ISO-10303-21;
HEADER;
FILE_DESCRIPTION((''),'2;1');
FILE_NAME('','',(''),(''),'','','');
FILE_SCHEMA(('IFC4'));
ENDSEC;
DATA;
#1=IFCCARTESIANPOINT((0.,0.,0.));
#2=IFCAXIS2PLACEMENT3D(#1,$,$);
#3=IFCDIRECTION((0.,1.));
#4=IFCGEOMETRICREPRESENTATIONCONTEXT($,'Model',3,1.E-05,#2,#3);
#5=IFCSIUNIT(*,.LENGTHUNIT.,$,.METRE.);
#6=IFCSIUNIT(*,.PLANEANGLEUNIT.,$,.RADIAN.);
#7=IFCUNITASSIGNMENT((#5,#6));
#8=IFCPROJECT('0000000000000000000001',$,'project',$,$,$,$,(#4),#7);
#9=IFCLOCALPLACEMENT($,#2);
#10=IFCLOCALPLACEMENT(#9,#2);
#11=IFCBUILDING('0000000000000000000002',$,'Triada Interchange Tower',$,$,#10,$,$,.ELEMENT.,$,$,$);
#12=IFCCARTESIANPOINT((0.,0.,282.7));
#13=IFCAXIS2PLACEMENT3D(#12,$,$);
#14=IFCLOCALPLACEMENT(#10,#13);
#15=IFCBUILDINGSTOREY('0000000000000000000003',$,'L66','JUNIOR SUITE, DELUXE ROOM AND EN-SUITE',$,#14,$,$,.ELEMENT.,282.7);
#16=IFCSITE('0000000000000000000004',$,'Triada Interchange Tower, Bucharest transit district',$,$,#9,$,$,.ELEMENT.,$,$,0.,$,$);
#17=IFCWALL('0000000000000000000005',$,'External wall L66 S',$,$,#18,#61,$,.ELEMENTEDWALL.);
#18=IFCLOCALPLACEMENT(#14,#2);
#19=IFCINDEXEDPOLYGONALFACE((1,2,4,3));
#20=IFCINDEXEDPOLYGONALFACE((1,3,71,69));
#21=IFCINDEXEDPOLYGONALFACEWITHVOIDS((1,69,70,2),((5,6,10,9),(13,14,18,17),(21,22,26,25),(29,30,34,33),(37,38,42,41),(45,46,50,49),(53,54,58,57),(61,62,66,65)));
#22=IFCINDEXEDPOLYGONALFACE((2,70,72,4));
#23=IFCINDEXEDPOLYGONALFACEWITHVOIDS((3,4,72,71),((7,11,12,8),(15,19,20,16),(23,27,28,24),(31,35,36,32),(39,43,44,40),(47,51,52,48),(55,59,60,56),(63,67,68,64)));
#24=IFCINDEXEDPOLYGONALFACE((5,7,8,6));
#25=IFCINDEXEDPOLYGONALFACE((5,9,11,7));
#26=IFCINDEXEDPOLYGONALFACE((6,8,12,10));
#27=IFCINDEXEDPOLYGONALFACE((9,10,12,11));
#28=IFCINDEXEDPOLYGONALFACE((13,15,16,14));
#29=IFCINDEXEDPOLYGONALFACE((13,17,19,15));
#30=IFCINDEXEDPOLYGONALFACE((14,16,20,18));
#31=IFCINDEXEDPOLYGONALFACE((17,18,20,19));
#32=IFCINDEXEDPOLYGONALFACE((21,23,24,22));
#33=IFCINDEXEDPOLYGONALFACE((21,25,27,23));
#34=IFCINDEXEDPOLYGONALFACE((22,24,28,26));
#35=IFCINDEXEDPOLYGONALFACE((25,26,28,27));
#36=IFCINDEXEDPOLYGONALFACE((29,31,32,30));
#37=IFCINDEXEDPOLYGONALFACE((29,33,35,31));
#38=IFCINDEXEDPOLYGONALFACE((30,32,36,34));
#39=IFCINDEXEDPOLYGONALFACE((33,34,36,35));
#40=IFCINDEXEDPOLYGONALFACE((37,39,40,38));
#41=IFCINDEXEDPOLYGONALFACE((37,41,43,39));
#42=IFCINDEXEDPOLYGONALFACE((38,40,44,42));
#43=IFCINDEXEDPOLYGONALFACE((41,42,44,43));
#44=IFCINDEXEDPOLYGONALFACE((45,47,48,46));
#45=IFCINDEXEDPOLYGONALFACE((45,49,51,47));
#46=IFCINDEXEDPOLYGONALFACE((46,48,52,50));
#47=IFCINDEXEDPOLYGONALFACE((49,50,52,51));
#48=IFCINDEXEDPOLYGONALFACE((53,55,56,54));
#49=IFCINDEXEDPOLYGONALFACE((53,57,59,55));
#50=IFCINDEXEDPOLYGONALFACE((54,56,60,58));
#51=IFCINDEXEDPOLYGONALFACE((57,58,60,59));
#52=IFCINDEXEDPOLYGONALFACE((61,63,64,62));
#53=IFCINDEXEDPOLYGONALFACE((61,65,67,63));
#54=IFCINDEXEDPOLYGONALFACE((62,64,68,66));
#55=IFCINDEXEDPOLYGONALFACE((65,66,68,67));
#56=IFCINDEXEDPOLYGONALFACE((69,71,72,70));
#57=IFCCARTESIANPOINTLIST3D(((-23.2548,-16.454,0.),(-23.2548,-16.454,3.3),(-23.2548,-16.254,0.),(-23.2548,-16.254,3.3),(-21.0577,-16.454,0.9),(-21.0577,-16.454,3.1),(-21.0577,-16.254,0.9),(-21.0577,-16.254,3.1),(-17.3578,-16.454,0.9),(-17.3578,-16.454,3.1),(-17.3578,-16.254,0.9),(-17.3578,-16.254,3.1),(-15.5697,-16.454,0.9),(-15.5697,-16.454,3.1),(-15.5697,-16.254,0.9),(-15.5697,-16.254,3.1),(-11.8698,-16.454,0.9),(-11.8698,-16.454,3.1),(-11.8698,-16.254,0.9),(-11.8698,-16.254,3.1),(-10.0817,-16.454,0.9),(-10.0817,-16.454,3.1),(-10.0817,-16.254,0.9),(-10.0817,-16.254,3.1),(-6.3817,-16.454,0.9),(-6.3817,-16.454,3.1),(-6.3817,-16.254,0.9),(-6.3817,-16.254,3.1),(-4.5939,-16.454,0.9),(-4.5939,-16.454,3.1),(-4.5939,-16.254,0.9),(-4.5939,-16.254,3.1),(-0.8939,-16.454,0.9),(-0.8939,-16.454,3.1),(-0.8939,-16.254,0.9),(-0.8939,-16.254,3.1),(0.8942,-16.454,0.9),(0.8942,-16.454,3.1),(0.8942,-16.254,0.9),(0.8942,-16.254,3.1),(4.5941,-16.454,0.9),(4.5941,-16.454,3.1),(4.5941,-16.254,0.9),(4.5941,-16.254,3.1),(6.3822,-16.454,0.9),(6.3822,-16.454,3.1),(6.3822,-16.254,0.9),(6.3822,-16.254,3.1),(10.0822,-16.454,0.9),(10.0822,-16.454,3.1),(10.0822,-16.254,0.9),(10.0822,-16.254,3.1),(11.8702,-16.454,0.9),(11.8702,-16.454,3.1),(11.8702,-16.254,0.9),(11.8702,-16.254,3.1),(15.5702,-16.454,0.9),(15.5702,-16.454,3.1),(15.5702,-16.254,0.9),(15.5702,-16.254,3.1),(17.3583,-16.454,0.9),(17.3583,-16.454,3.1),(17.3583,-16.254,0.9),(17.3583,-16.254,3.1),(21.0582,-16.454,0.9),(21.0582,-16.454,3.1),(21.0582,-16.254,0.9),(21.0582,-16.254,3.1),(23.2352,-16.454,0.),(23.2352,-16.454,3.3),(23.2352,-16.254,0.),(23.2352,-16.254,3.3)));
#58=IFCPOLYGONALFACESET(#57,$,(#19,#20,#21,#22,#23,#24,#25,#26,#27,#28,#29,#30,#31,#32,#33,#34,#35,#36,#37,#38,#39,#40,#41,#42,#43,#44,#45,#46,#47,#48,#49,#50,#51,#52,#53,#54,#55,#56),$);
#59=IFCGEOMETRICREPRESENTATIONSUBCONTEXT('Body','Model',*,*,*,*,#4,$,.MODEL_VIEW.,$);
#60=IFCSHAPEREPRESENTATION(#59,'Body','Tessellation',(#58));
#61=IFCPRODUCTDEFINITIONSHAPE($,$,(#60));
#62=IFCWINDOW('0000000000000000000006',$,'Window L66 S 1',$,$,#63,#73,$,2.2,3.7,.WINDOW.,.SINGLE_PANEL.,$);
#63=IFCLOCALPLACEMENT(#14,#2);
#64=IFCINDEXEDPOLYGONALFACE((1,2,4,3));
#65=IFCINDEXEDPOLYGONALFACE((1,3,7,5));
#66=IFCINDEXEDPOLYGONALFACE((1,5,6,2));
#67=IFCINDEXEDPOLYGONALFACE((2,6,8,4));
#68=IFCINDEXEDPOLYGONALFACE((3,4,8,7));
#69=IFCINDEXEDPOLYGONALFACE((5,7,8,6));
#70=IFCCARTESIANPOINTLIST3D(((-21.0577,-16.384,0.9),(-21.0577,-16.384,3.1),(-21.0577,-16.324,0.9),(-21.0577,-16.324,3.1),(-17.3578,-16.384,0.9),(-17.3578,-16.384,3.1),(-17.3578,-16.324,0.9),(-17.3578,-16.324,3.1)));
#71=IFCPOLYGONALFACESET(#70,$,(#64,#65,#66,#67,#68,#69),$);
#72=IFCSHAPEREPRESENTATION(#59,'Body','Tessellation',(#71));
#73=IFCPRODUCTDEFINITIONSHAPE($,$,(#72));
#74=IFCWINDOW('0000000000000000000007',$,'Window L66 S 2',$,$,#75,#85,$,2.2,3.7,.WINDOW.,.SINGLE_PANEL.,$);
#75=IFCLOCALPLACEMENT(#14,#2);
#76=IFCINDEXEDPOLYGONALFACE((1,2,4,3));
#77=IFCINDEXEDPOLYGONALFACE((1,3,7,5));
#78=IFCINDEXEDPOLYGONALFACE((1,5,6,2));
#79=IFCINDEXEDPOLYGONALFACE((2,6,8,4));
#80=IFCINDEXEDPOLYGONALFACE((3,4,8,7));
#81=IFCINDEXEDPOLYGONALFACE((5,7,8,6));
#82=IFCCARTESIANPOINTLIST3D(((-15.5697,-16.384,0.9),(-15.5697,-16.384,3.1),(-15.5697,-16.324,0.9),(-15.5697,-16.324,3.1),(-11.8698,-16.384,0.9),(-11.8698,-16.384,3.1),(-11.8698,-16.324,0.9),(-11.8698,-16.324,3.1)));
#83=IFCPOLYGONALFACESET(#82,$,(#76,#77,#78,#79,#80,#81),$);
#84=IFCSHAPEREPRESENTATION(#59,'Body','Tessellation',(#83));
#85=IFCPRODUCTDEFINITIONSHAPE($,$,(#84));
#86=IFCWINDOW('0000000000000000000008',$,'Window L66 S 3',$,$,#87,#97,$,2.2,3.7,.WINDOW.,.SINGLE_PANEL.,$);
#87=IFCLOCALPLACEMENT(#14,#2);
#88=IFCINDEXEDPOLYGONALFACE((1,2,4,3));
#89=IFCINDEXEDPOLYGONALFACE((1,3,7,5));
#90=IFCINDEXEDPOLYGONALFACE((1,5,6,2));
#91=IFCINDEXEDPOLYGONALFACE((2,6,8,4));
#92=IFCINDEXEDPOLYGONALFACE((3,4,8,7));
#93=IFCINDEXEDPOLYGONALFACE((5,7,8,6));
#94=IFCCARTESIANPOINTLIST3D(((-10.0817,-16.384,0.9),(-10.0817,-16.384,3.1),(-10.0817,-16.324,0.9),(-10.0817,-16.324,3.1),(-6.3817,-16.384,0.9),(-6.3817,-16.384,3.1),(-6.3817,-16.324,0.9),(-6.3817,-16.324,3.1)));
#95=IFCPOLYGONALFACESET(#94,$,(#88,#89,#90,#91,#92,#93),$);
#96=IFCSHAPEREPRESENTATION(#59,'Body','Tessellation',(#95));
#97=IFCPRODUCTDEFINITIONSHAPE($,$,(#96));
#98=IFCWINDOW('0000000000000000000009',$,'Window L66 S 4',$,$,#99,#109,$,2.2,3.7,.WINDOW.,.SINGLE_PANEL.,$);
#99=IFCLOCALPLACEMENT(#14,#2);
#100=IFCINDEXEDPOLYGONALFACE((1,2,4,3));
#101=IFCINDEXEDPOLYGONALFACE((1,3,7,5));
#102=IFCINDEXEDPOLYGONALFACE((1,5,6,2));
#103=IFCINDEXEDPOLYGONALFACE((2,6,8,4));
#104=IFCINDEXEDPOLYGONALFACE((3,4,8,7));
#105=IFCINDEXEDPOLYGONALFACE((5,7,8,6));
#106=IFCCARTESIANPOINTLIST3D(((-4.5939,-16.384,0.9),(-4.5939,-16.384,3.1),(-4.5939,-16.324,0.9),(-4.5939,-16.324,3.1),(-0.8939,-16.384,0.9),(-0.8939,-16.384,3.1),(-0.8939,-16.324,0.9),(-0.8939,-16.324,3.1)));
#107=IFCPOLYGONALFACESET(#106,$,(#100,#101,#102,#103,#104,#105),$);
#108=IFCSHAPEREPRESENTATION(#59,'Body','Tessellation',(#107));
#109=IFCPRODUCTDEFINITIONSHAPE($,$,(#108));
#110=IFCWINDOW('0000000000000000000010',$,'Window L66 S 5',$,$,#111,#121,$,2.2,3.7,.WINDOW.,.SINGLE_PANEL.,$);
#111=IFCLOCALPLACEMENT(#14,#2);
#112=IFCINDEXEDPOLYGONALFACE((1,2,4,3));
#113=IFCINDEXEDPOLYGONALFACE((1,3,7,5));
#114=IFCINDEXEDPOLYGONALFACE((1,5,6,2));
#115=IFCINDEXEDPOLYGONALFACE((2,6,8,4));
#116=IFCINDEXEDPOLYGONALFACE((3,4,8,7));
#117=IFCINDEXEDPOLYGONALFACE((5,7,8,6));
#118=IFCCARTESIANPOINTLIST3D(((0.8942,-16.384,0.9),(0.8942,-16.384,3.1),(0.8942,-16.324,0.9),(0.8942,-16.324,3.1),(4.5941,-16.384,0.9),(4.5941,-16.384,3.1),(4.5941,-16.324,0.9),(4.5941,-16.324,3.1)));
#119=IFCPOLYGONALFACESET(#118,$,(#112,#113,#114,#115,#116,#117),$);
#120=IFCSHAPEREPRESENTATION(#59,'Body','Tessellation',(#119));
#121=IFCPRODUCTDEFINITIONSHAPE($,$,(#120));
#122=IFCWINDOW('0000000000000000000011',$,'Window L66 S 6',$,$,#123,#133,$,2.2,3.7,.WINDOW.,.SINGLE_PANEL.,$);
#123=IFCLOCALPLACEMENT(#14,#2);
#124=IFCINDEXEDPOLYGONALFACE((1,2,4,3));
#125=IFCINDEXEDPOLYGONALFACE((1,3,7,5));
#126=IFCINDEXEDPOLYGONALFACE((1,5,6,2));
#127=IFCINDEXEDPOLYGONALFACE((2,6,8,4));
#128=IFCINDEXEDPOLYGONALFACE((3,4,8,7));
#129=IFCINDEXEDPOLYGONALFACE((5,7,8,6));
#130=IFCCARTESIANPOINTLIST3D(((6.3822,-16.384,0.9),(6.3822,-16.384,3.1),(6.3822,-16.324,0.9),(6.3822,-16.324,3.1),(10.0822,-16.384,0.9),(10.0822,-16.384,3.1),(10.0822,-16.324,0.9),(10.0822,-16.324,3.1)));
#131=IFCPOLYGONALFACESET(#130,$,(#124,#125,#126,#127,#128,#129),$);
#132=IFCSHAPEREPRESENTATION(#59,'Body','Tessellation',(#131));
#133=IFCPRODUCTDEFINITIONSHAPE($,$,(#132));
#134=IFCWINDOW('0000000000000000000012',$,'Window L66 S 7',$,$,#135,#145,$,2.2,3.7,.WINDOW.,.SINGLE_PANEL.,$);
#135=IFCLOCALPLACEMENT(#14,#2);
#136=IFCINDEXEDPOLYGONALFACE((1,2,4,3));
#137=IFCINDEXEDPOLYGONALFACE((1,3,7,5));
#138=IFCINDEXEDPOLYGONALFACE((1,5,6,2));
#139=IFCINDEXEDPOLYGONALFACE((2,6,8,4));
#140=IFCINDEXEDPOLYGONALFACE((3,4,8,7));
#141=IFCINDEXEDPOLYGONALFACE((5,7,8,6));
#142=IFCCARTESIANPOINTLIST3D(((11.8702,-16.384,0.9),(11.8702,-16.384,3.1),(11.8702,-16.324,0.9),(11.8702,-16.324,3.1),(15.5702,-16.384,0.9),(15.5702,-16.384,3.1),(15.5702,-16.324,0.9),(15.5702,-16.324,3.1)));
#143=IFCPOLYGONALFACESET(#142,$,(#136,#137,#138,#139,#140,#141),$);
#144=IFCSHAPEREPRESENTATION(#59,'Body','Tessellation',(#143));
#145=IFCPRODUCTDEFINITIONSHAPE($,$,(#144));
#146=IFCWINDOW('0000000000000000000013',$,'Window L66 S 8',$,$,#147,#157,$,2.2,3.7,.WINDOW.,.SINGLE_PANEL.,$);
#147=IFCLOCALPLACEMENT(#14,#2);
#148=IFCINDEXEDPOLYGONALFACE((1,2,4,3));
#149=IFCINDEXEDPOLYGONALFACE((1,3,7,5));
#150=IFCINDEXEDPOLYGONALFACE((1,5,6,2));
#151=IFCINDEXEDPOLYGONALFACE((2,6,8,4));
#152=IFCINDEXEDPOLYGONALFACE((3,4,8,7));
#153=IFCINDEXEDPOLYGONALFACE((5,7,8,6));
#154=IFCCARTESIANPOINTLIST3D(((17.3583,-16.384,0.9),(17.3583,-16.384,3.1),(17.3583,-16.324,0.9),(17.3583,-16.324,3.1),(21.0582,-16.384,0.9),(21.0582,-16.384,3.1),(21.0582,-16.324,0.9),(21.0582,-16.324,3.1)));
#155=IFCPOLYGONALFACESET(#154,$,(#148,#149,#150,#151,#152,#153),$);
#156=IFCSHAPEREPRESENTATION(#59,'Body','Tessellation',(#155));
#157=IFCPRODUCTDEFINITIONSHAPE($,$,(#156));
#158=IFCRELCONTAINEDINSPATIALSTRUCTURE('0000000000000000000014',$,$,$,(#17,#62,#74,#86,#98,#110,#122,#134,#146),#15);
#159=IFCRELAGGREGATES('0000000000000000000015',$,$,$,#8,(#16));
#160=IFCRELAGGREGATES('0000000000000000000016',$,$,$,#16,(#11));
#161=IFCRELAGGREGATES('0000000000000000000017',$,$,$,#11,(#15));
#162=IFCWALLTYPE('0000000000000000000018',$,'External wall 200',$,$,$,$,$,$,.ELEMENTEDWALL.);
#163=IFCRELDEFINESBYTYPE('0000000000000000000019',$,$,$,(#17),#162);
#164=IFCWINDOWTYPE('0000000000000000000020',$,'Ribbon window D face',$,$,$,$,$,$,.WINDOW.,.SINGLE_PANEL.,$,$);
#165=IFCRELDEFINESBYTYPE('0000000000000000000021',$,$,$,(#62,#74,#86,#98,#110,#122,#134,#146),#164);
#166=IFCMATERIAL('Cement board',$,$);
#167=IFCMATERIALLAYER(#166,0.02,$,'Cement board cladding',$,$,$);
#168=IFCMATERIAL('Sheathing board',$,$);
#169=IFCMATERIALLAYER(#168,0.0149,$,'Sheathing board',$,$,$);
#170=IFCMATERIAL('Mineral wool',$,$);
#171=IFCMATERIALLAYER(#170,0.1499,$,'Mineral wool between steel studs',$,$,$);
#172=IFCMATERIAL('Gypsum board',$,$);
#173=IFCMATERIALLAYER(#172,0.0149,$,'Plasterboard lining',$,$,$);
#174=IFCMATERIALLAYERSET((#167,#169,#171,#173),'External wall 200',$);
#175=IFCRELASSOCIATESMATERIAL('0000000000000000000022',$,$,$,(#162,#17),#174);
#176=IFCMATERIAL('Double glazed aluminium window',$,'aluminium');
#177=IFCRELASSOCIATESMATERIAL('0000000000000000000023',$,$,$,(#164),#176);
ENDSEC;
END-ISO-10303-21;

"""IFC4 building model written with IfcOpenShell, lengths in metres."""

from ifc_helpers import new_model, si_unit, direction, frame, frame_2d, origin, place, context, subcontext, project, spatial, rectangle, extrude, material, layer, layer_set, layer_usage, type_object, element, fill, save


model = new_model("IFC4")

# Units and contexts
model_context = context("Model", 3, precision=1e-05, world=origin(), true_north=direction((0.0, 1.0)))
body_context = subcontext(model_context, "Body", "Model", "MODEL_VIEW")
ifc_project = project(units=[si_unit("LENGTHUNIT", "METRE"), si_unit("PLANEANGLEUNIT", "RADIAN")], contexts=[model_context])

# Site, building, storey
site_placement = place(None, origin())
site = spatial("IfcSite", under=ifc_project, at=site_placement, Name="Triada Interchange Tower, Bucharest transit district", CompositionType="ELEMENT", RefElevation=0.0)
building_placement = place(site_placement, origin())
building = spatial("IfcBuilding", under=site, at=building_placement, Name="Triada Interchange Tower", CompositionType="ELEMENT")
storey_placement = place(building_placement, frame((0.0, 0.0, 282.7)))
storey = spatial("IfcBuildingStorey", under=building, at=storey_placement, Name="L66", Description="JUNIOR SUITE, DELUXE ROOM AND EN-SUITE", CompositionType="ELEMENT", Elevation=282.7)

# Shared definitions
ifc_material_1 = material(Name="Cement board")
ifc_layer_1 = layer(ifc_material_1, 0.02, Name="Cement board cladding")
ifc_material_2 = material(Name="Sheathing board")
ifc_layer_2 = layer(ifc_material_2, 0.0149, Name="Sheathing board")
ifc_material_3 = material(Name="Mineral wool")
ifc_layer_3 = layer(ifc_material_3, 0.1499, Name="Mineral wool between steel studs")
ifc_material_4 = material(Name="Gypsum board")
ifc_layer_4 = layer(ifc_material_4, 0.0149, Name="Plasterboard lining")
ifc_layer_set_1 = layer_set([ifc_layer_1, ifc_layer_2, ifc_layer_3, ifc_layer_4], Name="External wall 200")
ifc_layer_usage = layer_usage(ifc_layer_set_1, "AXIS2", "POSITIVE", -0.1001)
wall_type = type_object("IfcWallType", Name="External wall 200", PredefinedType="ELEMENTEDWALL", material=ifc_layer_set_1)
ifc_material_5 = material(Name="Double glazed aluminium window", Category="aluminium")

# Wall, openings, windows
wall_1_placement = place(storey_placement, frame((-23.2549, -16.354, 0.0), z_axis=(0.0, 0.0, 1.0), x_axis=(1.0, 0.0, 0.0)))
wall_1 = element("IfcWall", 1, at=wall_1_placement, inside=storey, type_object=wall_type, material=ifc_layer_usage, Name="External wall L66 S", PredefinedType="ELEMENTEDWALL", context=body_context, shape_type="SweptSolid", body=[
    extrude(rectangle(XDim=46.49, YDim=0.2, at=frame_2d((23.2451, 0.0))), origin(), (0.0, 0.0, 1.0), 3.3),
])
opening_1_placement = place(wall_1_placement, frame((2.197, 0.0, 0.8999)))
opening_1 = element("IfcOpeningElement", 2, at=opening_1_placement, cuts=wall_1, PredefinedType="OPENING", context=body_context, shape_type="SweptSolid", body=[
    extrude(rectangle(XDim=3.7, YDim=2.2, at=frame_2d((1.8501, 1.1001))), frame((0.0, 0.1099, 0.0), z_axis=(0.0, -1.0, 0.0), x_axis=(1.0, 0.0, 0.0)), (0.0, 0.0, 1.0), 0.22),
])
opening_2_placement = place(wall_1_placement, frame((7.6851, 0.0, 0.8999)))
opening_2 = element("IfcOpeningElement", 3, at=opening_2_placement, cuts=wall_1, PredefinedType="OPENING", context=body_context, shape_type="SweptSolid", body=[
    extrude(rectangle(XDim=3.7, YDim=2.2, at=frame_2d((1.8501, 1.1001))), frame((0.0, 0.1099, 0.0), z_axis=(0.0, -1.0, 0.0), x_axis=(1.0, 0.0, 0.0)), (0.0, 0.0, 1.0), 0.22),
])
opening_3_placement = place(wall_1_placement, frame((13.1731, 0.0, 0.8999)))
opening_3 = element("IfcOpeningElement", 4, at=opening_3_placement, cuts=wall_1, PredefinedType="OPENING", context=body_context, shape_type="SweptSolid", body=[
    extrude(rectangle(XDim=3.7, YDim=2.2, at=frame_2d((1.8501, 1.1001))), frame((0.0, 0.1099, 0.0), z_axis=(0.0, -1.0, 0.0), x_axis=(1.0, 0.0, 0.0)), (0.0, 0.0, 1.0), 0.22),
])
opening_4_placement = place(wall_1_placement, frame((18.6609, 0.0, 0.8999)))
opening_4 = element("IfcOpeningElement", 5, at=opening_4_placement, cuts=wall_1, PredefinedType="OPENING", context=body_context, shape_type="SweptSolid", body=[
    extrude(rectangle(XDim=3.7, YDim=2.2, at=frame_2d((1.8501, 1.1001))), frame((0.0, 0.1099, 0.0), z_axis=(0.0, -1.0, 0.0), x_axis=(1.0, 0.0, 0.0)), (0.0, 0.0, 1.0), 0.22),
])
opening_5_placement = place(wall_1_placement, frame((24.1489, 0.0, 0.8999)))
opening_5 = element("IfcOpeningElement", 6, at=opening_5_placement, cuts=wall_1, PredefinedType="OPENING", context=body_context, shape_type="SweptSolid", body=[
    extrude(rectangle(XDim=3.7, YDim=2.2, at=frame_2d((1.8501, 1.1001))), frame((0.0, 0.1099, 0.0), z_axis=(0.0, -1.0, 0.0), x_axis=(1.0, 0.0, 0.0)), (0.0, 0.0, 1.0), 0.22),
])
opening_6_placement = place(wall_1_placement, frame((29.637, 0.0, 0.8999)))
opening_6 = element("IfcOpeningElement", 7, at=opening_6_placement, cuts=wall_1, PredefinedType="OPENING", context=body_context, shape_type="SweptSolid", body=[
    extrude(rectangle(XDim=3.7, YDim=2.2, at=frame_2d((1.8501, 1.1001))), frame((0.0, 0.1099, 0.0), z_axis=(0.0, -1.0, 0.0), x_axis=(1.0, 0.0, 0.0)), (0.0, 0.0, 1.0), 0.22),
])
opening_7_placement = place(wall_1_placement, frame((35.125, 0.0, 0.8999)))
opening_7 = element("IfcOpeningElement", 8, at=opening_7_placement, cuts=wall_1, PredefinedType="OPENING", context=body_context, shape_type="SweptSolid", body=[
    extrude(rectangle(XDim=3.7, YDim=2.2, at=frame_2d((1.8501, 1.1001))), frame((0.0, 0.1099, 0.0), z_axis=(0.0, -1.0, 0.0), x_axis=(1.0, 0.0, 0.0)), (0.0, 0.0, 1.0), 0.22),
])
opening_8_placement = place(wall_1_placement, frame((40.613, 0.0, 0.8999)))
opening_8 = element("IfcOpeningElement", 9, at=opening_8_placement, cuts=wall_1, PredefinedType="OPENING", context=body_context, shape_type="SweptSolid", body=[
    extrude(rectangle(XDim=3.7, YDim=2.2, at=frame_2d((1.8501, 1.1001))), frame((0.0, 0.1099, 0.0), z_axis=(0.0, -1.0, 0.0), x_axis=(1.0, 0.0, 0.0)), (0.0, 0.0, 1.0), 0.22),
])
window_type_1 = type_object("IfcWindowType", Name="Ribbon window D face", PartitioningType="SINGLE_PANEL", PredefinedType="WINDOW", material=ifc_material_5)
window_1_placement = place(opening_1_placement, origin())
window_1 = element("IfcWindow", 10, at=window_1_placement, inside=storey, type_object=window_type_1, Name="Window L66 S 1", OverallHeight=2.2, OverallWidth=3.7, PartitioningType="SINGLE_PANEL", PredefinedType="WINDOW", context=body_context, shape_type="SweptSolid", body=[
    extrude(rectangle(XDim=3.7, YDim=2.2, at=frame_2d((1.8501, 1.1001))), frame((0.0, 0.03, 0.0), z_axis=(0.0, -1.0, 0.0), x_axis=(1.0, 0.0, 0.0)), (0.0, 0.0, 1.0), 0.0601),
])
fill(opening_1, window_1)
window_2_placement = place(opening_2_placement, origin())
window_2 = element("IfcWindow", 11, at=window_2_placement, inside=storey, type_object=window_type_1, Name="Window L66 S 2", OverallHeight=2.2, OverallWidth=3.7, PartitioningType="SINGLE_PANEL", PredefinedType="WINDOW", context=body_context, shape_type="SweptSolid", body=[
    extrude(rectangle(XDim=3.7, YDim=2.2, at=frame_2d((1.8501, 1.1001))), frame((0.0, 0.03, 0.0), z_axis=(0.0, -1.0, 0.0), x_axis=(1.0, 0.0, 0.0)), (0.0, 0.0, 1.0), 0.0601),
])
fill(opening_2, window_2)
window_3_placement = place(opening_3_placement, origin())
window_3 = element("IfcWindow", 12, at=window_3_placement, inside=storey, type_object=window_type_1, Name="Window L66 S 3", OverallHeight=2.2, OverallWidth=3.7, PartitioningType="SINGLE_PANEL", PredefinedType="WINDOW", context=body_context, shape_type="SweptSolid", body=[
    extrude(rectangle(XDim=3.7, YDim=2.2, at=frame_2d((1.8501, 1.1001))), frame((0.0, 0.03, 0.0), z_axis=(0.0, -1.0, 0.0), x_axis=(1.0, 0.0, 0.0)), (0.0, 0.0, 1.0), 0.0601),
])
fill(opening_3, window_3)
window_4_placement = place(opening_4_placement, origin())
window_4 = element("IfcWindow", 13, at=window_4_placement, inside=storey, type_object=window_type_1, Name="Window L66 S 4", OverallHeight=2.2, OverallWidth=3.7, PartitioningType="SINGLE_PANEL", PredefinedType="WINDOW", context=body_context, shape_type="SweptSolid", body=[
    extrude(rectangle(XDim=3.7, YDim=2.2, at=frame_2d((1.8501, 1.1001))), frame((0.0, 0.03, 0.0), z_axis=(0.0, -1.0, 0.0), x_axis=(1.0, 0.0, 0.0)), (0.0, 0.0, 1.0), 0.0601),
])
fill(opening_4, window_4)
window_5_placement = place(opening_5_placement, origin())
window_5 = element("IfcWindow", 14, at=window_5_placement, inside=storey, type_object=window_type_1, Name="Window L66 S 5", OverallHeight=2.2, OverallWidth=3.7, PartitioningType="SINGLE_PANEL", PredefinedType="WINDOW", context=body_context, shape_type="SweptSolid", body=[
    extrude(rectangle(XDim=3.7, YDim=2.2, at=frame_2d((1.8501, 1.1001))), frame((0.0, 0.03, 0.0), z_axis=(0.0, -1.0, 0.0), x_axis=(1.0, 0.0, 0.0)), (0.0, 0.0, 1.0), 0.0601),
])
fill(opening_5, window_5)
window_6_placement = place(opening_6_placement, origin())
window_6 = element("IfcWindow", 15, at=window_6_placement, inside=storey, type_object=window_type_1, Name="Window L66 S 6", OverallHeight=2.2, OverallWidth=3.7, PartitioningType="SINGLE_PANEL", PredefinedType="WINDOW", context=body_context, shape_type="SweptSolid", body=[
    extrude(rectangle(XDim=3.7, YDim=2.2, at=frame_2d((1.8501, 1.1001))), frame((0.0, 0.03, 0.0), z_axis=(0.0, -1.0, 0.0), x_axis=(1.0, 0.0, 0.0)), (0.0, 0.0, 1.0), 0.0601),
])
fill(opening_6, window_6)
window_7_placement = place(opening_7_placement, origin())
window_7 = element("IfcWindow", 16, at=window_7_placement, inside=storey, type_object=window_type_1, Name="Window L66 S 7", OverallHeight=2.2, OverallWidth=3.7, PartitioningType="SINGLE_PANEL", PredefinedType="WINDOW", context=body_context, shape_type="SweptSolid", body=[
    extrude(rectangle(XDim=3.7, YDim=2.2, at=frame_2d((1.8501, 1.1001))), frame((0.0, 0.03, 0.0), z_axis=(0.0, -1.0, 0.0), x_axis=(1.0, 0.0, 0.0)), (0.0, 0.0, 1.0), 0.0601),
])
fill(opening_7, window_7)
window_8_placement = place(opening_8_placement, origin())
window_8 = element("IfcWindow", 17, at=window_8_placement, inside=storey, type_object=window_type_1, Name="Window L66 S 8", OverallHeight=2.2, OverallWidth=3.7, PartitioningType="SINGLE_PANEL", PredefinedType="WINDOW", context=body_context, shape_type="SweptSolid", body=[
    extrude(rectangle(XDim=3.7, YDim=2.2, at=frame_2d((1.8501, 1.1001))), frame((0.0, 0.03, 0.0), z_axis=(0.0, -1.0, 0.0), x_axis=(1.0, 0.0, 0.0)), (0.0, 0.0, 1.0), 0.0601),
])
fill(opening_8, window_8)

save(model, "model.ifc")
